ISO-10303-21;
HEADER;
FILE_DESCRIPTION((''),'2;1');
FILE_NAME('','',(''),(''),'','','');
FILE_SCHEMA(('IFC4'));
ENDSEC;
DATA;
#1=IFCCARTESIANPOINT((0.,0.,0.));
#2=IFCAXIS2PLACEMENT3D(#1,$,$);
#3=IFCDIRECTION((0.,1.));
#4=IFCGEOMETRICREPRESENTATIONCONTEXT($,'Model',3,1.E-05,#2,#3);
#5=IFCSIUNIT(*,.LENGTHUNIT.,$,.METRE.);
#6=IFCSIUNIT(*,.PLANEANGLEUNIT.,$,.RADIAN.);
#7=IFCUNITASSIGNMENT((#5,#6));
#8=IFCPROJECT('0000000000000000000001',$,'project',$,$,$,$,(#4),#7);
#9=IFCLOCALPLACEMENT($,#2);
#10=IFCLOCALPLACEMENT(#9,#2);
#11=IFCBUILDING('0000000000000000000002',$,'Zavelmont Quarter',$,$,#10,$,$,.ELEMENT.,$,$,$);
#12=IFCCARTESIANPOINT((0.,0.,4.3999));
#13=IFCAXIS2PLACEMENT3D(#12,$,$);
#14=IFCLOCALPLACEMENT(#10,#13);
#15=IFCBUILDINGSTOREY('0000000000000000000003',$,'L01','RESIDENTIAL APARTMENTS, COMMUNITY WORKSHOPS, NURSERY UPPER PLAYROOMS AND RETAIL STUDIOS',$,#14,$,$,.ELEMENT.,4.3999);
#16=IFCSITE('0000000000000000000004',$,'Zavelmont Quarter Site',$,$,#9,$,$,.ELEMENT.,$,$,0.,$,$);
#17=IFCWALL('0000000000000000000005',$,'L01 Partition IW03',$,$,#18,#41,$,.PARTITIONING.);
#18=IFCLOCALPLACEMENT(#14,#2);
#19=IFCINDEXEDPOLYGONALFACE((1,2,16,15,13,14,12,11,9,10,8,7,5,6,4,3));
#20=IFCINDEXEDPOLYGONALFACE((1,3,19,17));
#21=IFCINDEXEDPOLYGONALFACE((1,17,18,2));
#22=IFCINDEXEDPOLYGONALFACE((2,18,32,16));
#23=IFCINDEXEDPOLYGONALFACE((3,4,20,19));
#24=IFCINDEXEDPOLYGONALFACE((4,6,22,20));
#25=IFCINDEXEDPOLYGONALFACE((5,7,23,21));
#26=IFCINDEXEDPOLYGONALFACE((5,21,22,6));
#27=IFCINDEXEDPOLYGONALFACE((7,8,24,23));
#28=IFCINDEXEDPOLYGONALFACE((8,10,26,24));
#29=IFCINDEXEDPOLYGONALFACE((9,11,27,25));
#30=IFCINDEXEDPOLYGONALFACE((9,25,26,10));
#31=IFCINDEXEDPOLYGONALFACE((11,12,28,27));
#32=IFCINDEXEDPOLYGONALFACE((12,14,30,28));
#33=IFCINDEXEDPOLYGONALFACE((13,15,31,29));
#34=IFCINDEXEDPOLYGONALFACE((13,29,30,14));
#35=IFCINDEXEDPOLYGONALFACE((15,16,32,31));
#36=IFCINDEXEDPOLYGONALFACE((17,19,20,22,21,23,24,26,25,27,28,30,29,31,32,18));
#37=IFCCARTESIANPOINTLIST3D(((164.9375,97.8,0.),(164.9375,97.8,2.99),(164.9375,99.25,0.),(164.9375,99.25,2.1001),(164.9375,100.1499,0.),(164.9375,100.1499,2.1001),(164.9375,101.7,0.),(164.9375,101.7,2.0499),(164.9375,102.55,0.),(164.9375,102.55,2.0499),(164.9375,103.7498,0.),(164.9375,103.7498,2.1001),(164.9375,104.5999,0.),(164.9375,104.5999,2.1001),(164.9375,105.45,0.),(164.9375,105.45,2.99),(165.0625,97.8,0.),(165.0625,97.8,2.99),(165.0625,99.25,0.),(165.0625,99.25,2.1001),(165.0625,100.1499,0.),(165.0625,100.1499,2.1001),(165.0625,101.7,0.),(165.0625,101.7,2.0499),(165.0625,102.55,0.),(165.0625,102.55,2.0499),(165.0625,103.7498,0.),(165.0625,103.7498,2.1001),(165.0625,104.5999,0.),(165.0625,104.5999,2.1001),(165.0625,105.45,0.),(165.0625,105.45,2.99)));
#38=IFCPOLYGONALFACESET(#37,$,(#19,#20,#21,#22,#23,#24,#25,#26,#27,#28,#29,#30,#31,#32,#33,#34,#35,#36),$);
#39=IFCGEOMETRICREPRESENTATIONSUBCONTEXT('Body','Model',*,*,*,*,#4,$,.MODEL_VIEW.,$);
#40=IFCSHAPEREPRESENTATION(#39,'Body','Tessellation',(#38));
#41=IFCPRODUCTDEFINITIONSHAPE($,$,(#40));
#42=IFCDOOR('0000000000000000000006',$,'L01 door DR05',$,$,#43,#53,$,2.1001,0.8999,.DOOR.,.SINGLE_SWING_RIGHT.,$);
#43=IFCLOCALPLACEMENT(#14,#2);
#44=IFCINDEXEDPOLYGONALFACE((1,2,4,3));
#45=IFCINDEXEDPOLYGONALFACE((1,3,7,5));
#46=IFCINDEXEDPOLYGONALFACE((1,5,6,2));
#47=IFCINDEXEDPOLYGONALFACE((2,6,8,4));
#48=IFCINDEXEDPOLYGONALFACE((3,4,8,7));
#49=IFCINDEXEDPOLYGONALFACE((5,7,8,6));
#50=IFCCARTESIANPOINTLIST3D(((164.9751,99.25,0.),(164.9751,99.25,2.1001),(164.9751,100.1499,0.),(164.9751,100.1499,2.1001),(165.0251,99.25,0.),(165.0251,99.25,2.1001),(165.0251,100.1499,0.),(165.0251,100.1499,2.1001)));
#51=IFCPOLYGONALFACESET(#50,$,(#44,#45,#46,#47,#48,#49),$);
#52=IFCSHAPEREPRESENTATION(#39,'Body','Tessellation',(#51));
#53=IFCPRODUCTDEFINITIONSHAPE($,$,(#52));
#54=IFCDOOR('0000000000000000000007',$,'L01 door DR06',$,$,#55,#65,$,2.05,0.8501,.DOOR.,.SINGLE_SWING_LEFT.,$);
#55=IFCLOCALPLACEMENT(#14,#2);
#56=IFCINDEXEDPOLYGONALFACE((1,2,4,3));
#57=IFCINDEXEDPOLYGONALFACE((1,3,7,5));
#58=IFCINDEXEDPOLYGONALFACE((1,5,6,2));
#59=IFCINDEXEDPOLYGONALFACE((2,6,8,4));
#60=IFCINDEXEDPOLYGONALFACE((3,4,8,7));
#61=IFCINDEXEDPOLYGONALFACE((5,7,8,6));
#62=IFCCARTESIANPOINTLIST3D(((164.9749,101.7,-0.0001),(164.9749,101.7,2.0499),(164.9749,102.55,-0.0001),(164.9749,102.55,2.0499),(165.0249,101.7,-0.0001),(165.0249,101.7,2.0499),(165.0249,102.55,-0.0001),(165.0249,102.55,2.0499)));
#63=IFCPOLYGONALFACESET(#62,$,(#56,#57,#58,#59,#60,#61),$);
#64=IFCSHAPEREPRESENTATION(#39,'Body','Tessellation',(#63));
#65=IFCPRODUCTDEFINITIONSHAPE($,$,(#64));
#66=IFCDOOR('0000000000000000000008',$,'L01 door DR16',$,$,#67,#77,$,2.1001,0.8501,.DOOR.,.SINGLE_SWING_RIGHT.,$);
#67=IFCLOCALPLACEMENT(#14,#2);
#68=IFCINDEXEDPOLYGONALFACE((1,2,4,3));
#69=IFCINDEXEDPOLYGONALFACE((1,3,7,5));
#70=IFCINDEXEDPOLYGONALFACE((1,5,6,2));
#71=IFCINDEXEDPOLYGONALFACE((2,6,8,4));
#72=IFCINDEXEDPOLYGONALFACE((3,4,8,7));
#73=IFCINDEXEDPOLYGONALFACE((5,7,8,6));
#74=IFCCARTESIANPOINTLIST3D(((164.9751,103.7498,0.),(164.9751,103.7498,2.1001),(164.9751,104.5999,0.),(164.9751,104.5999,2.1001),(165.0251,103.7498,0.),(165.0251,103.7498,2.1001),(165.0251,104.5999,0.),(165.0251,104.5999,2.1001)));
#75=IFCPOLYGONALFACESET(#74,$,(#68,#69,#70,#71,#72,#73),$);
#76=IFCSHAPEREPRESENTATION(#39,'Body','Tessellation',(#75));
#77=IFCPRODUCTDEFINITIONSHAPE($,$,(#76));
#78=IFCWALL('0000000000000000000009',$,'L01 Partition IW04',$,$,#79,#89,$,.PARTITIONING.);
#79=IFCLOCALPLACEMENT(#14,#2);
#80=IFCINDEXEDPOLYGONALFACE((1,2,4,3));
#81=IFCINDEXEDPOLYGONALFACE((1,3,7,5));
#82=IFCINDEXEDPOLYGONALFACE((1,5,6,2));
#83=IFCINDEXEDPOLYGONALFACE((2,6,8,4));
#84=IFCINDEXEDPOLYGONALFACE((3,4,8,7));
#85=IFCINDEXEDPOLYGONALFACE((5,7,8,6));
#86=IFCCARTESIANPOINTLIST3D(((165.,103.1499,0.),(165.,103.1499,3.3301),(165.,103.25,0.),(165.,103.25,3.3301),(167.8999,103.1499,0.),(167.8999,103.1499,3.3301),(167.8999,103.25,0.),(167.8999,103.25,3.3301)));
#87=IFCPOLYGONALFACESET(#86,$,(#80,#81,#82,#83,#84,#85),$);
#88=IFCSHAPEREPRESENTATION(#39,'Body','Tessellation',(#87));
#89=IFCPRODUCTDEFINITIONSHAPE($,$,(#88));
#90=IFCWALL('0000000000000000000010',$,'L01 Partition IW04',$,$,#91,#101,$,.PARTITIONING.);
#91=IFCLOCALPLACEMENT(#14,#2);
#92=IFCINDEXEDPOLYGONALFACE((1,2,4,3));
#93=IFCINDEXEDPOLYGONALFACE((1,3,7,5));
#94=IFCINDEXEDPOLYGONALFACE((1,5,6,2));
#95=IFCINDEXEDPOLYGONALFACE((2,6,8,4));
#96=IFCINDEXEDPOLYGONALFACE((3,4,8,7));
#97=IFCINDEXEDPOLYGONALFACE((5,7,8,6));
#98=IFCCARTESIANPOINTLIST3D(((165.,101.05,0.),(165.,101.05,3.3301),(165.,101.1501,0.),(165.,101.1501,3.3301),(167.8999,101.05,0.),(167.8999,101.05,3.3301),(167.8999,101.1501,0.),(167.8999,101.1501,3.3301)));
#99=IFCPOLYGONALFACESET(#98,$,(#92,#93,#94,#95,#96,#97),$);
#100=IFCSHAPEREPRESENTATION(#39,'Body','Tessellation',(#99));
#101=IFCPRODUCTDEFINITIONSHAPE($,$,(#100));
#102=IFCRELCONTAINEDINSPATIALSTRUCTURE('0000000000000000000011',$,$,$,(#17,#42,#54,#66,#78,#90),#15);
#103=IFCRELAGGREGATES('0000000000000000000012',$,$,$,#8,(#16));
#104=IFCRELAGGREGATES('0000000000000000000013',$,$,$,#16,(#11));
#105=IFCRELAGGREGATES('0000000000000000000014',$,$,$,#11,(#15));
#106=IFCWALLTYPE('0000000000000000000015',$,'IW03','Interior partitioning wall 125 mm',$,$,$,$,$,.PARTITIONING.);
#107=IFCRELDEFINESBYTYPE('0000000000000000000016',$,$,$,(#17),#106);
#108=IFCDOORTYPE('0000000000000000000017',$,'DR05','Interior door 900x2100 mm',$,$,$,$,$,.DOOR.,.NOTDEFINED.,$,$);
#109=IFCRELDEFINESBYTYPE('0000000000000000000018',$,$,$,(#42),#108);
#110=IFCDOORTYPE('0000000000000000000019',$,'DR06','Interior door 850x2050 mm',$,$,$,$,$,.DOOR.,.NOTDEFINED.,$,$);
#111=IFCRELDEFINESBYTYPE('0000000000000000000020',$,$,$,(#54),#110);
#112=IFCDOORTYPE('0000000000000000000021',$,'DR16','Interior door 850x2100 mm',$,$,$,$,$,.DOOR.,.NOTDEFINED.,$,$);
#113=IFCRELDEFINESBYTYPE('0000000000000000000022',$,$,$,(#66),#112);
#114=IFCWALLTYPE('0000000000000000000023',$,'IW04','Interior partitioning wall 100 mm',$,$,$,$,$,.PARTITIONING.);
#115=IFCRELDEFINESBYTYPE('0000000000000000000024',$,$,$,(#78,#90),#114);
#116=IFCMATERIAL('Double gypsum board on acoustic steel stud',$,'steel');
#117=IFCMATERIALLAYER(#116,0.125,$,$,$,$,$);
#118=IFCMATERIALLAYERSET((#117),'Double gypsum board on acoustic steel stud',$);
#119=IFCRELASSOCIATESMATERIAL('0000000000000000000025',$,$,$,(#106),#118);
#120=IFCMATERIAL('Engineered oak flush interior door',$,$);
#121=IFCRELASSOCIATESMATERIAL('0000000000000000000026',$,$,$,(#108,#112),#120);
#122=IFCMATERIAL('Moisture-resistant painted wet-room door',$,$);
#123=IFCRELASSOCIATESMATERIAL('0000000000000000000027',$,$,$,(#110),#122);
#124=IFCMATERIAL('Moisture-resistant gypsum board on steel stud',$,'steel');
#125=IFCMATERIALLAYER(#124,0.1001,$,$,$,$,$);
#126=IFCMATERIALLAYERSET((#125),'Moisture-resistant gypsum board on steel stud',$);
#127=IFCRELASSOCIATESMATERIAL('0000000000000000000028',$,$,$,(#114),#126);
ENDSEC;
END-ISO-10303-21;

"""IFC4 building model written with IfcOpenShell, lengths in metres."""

from ifc_helpers import new_model, si_unit, direction, frame, frame_2d, origin, origin_with_axes, place, context, subcontext, project, spatial, rectangle, extrude, material, layer, layer_set, type_object, element, fill, save


model = new_model("IFC4")

# Units and contexts
model_context = context("Model", 3, precision=1e-05, world=origin(), true_north=direction((0.0, 1.0)))
body_context = subcontext(model_context, "Body", "Model", "MODEL_VIEW")
ifc_project = project(units=[si_unit("LENGTHUNIT", "METRE"), si_unit("PLANEANGLEUNIT", "RADIAN")], contexts=[model_context])

# Site, building, storey
site_placement = place(None, origin())
site = spatial("IfcSite", under=ifc_project, at=site_placement, Name="Zavelmont Quarter Site", CompositionType="ELEMENT", RefElevation=0.0)
building_placement = place(site_placement, origin())
building = spatial("IfcBuilding", under=site, at=building_placement, Name="Zavelmont Quarter", CompositionType="ELEMENT")
storey_placement = place(building_placement, frame((0.0, 0.0, 4.3999)))
storey = spatial("IfcBuildingStorey", under=building, at=storey_placement, Name="L01", Description="RESIDENTIAL APARTMENTS, COMMUNITY WORKSHOPS, NURSERY UPPER PLAYROOMS AND RETAIL STUDIOS", CompositionType="ELEMENT", Elevation=4.3999)

# Wall, openings, doors
ifc_material_1 = material(Name="Double gypsum board on acoustic steel stud", Category="steel")
ifc_layer_1 = layer(ifc_material_1, 0.125)
ifc_layer_set_1 = layer_set([ifc_layer_1], Name="Double gypsum board on acoustic steel stud")
wall_type_1 = type_object("IfcWallType", Name="IW03", Description="Interior partitioning wall 125 mm", PredefinedType="PARTITIONING", material=ifc_layer_set_1)
wall_1_placement = place(storey_placement, frame((165.0, 105.45, 0.0), z_axis=(0.0, 0.0, 1.0), x_axis=(0.0, -1.0, 0.0)))
wall_1 = element("IfcWall", 1, at=wall_1_placement, inside=storey, type_object=wall_type_1, Name="L01 Partition IW03", PredefinedType="PARTITIONING", context=body_context, shape_type="SweptSolid", body=[
    extrude(rectangle(XDim=7.6499, YDim=0.125, at=frame_2d((3.825, 0.0))), origin(), (0.0, 0.0, 1.0), 2.99),
])
opening_1_placement = place(wall_1_placement, frame((0.8501, 0.0, 0.0)))
opening_1 = element("IfcOpeningElement", 2, at=opening_1_placement, cuts=wall_1, PredefinedType="OPENING", context=body_context, shape_type="SweptSolid", body=[
    extrude(rectangle(XDim=0.8501, YDim=2.1001, at=frame_2d((0.425, 1.05))), frame((0.0, 0.0745, 0.0), z_axis=(0.0, -1.0, 0.0), x_axis=(1.0, 0.0, 0.0)), (0.0, 0.0, 1.0), 0.1489),
])
opening_2_placement = place(wall_1_placement, frame((2.8999, 0.0, 0.0)))
opening_2 = element("IfcOpeningElement", 3, at=opening_2_placement, cuts=wall_1, PredefinedType="OPENING", context=body_context, shape_type="SweptSolid", body=[
    extrude(rectangle(XDim=0.8501, YDim=2.05, at=frame_2d((0.425, 1.0249))), frame((0.0, 0.0745, 0.0), z_axis=(0.0, -1.0, 0.0), x_axis=(1.0, 0.0, 0.0)), (0.0, 0.0, 1.0), 0.1489),
])
opening_3_placement = place(wall_1_placement, frame((5.3, 0.0, 0.0)))
opening_3 = element("IfcOpeningElement", 4, at=opening_3_placement, cuts=wall_1, PredefinedType="OPENING", context=body_context, shape_type="SweptSolid", body=[
    extrude(rectangle(XDim=0.8999, YDim=2.1001, at=frame_2d((0.45, 1.05))), frame((0.0, 0.0745, 0.0), z_axis=(0.0, -1.0, 0.0), x_axis=(1.0, 0.0, 0.0)), (0.0, 0.0, 1.0), 0.1489),
])
ifc_material_2 = material(Name="Engineered oak flush interior door")
door_type_1 = type_object("IfcDoorType", Name="DR05", Description="Interior door 900x2100 mm", OperationType="NOTDEFINED", PredefinedType="DOOR", material=ifc_material_2)
door_1_placement = place(opening_3_placement, frame((0.8999, 0.0, 0.0), z_axis=(0.0, 0.0, 1.0), x_axis=(-1.0, 0.0, 0.0)))
door_1 = element("IfcDoor", 5, at=door_1_placement, inside=storey, type_object=door_type_1, Name="L01 door DR05", OperationType="SINGLE_SWING_RIGHT", OverallHeight=2.1001, OverallWidth=0.8999, PredefinedType="DOOR", context=body_context, shape_type="SweptSolid", body=[
    extrude(rectangle(XDim=0.8999, YDim=2.1001, at=frame_2d((0.45, 1.05))), frame((0.0, 0.0249, 0.0), z_axis=(0.0, -1.0, 0.0), x_axis=(1.0, 0.0, 0.0)), (0.0, 0.0, 1.0), 0.05),
])
fill(opening_3, door_1)
ifc_material_3 = material(Name="Moisture-resistant painted wet-room door")
door_type_2 = type_object("IfcDoorType", Name="DR06", Description="Interior door 850x2050 mm", OperationType="NOTDEFINED", PredefinedType="DOOR", material=ifc_material_3)
door_2_placement = place(opening_2_placement, origin_with_axes())
door_2 = element("IfcDoor", 6, at=door_2_placement, inside=storey, type_object=door_type_2, Name="L01 door DR06", OperationType="SINGLE_SWING_LEFT", OverallHeight=2.05, OverallWidth=0.8501, PredefinedType="DOOR", context=body_context, shape_type="SweptSolid", body=[
    extrude(rectangle(XDim=0.8501, YDim=2.05, at=frame_2d((0.425, 1.0249))), frame((0.0, 0.0249, 0.0), z_axis=(0.0, -1.0, 0.0), x_axis=(1.0, 0.0, 0.0)), (0.0, 0.0, 1.0), 0.05),
])
fill(opening_2, door_2)
door_type_3 = type_object("IfcDoorType", Name="DR16", Description="Interior door 850x2100 mm", OperationType="NOTDEFINED", PredefinedType="DOOR", material=ifc_material_2)
door_3_placement = place(opening_1_placement, frame((0.8501, 0.0, 0.0), z_axis=(0.0, 0.0, 1.0), x_axis=(-1.0, 0.0, 0.0)))
door_3 = element("IfcDoor", 7, at=door_3_placement, inside=storey, type_object=door_type_3, Name="L01 door DR16", OperationType="SINGLE_SWING_RIGHT", OverallHeight=2.1001, OverallWidth=0.8501, PredefinedType="DOOR", context=body_context, shape_type="SweptSolid", body=[
    extrude(rectangle(XDim=0.8501, YDim=2.1001, at=frame_2d((0.425, 1.05))), frame((0.0, 0.0249, 0.0), z_axis=(0.0, -1.0, 0.0), x_axis=(1.0, 0.0, 0.0)), (0.0, 0.0, 1.0), 0.05),
])
fill(opening_1, door_3)

# Walls
ifc_material_4 = material(Name="Moisture-resistant gypsum board on steel stud", Category="steel")
ifc_layer_2 = layer(ifc_material_4, 0.1001)
ifc_layer_set_2 = layer_set([ifc_layer_2], Name="Moisture-resistant gypsum board on steel stud")
wall_type_2 = type_object("IfcWallType", Name="IW04", Description="Interior partitioning wall 100 mm", PredefinedType="PARTITIONING", material=ifc_layer_set_2)
for number, where, z_axis, x_axis, name in (
    (8, (165.0, 103.2, 0.0), (0.0, 0.0, 1.0), (1.0, 0.0, 0.0), "L01 Partition IW04"),
    (9, (165.0, 101.1001, 0.0), (0.0, 0.0, 1.0), (1.0, 0.0, 0.0), "L01 Partition IW04"),
):
    element("IfcWall", number, at=place(storey_placement, frame(where, z_axis=z_axis, x_axis=x_axis)), inside=storey, type_object=wall_type_2, Name=name, PredefinedType="PARTITIONING", context=body_context, shape_type="SweptSolid", body=[
        extrude(rectangle(XDim=2.8999, YDim=0.1001, at=frame_2d((1.45, 0.0))), origin(), (0.0, 0.0, 1.0), 3.3301),
    ])

save(model, "model.ifc")
